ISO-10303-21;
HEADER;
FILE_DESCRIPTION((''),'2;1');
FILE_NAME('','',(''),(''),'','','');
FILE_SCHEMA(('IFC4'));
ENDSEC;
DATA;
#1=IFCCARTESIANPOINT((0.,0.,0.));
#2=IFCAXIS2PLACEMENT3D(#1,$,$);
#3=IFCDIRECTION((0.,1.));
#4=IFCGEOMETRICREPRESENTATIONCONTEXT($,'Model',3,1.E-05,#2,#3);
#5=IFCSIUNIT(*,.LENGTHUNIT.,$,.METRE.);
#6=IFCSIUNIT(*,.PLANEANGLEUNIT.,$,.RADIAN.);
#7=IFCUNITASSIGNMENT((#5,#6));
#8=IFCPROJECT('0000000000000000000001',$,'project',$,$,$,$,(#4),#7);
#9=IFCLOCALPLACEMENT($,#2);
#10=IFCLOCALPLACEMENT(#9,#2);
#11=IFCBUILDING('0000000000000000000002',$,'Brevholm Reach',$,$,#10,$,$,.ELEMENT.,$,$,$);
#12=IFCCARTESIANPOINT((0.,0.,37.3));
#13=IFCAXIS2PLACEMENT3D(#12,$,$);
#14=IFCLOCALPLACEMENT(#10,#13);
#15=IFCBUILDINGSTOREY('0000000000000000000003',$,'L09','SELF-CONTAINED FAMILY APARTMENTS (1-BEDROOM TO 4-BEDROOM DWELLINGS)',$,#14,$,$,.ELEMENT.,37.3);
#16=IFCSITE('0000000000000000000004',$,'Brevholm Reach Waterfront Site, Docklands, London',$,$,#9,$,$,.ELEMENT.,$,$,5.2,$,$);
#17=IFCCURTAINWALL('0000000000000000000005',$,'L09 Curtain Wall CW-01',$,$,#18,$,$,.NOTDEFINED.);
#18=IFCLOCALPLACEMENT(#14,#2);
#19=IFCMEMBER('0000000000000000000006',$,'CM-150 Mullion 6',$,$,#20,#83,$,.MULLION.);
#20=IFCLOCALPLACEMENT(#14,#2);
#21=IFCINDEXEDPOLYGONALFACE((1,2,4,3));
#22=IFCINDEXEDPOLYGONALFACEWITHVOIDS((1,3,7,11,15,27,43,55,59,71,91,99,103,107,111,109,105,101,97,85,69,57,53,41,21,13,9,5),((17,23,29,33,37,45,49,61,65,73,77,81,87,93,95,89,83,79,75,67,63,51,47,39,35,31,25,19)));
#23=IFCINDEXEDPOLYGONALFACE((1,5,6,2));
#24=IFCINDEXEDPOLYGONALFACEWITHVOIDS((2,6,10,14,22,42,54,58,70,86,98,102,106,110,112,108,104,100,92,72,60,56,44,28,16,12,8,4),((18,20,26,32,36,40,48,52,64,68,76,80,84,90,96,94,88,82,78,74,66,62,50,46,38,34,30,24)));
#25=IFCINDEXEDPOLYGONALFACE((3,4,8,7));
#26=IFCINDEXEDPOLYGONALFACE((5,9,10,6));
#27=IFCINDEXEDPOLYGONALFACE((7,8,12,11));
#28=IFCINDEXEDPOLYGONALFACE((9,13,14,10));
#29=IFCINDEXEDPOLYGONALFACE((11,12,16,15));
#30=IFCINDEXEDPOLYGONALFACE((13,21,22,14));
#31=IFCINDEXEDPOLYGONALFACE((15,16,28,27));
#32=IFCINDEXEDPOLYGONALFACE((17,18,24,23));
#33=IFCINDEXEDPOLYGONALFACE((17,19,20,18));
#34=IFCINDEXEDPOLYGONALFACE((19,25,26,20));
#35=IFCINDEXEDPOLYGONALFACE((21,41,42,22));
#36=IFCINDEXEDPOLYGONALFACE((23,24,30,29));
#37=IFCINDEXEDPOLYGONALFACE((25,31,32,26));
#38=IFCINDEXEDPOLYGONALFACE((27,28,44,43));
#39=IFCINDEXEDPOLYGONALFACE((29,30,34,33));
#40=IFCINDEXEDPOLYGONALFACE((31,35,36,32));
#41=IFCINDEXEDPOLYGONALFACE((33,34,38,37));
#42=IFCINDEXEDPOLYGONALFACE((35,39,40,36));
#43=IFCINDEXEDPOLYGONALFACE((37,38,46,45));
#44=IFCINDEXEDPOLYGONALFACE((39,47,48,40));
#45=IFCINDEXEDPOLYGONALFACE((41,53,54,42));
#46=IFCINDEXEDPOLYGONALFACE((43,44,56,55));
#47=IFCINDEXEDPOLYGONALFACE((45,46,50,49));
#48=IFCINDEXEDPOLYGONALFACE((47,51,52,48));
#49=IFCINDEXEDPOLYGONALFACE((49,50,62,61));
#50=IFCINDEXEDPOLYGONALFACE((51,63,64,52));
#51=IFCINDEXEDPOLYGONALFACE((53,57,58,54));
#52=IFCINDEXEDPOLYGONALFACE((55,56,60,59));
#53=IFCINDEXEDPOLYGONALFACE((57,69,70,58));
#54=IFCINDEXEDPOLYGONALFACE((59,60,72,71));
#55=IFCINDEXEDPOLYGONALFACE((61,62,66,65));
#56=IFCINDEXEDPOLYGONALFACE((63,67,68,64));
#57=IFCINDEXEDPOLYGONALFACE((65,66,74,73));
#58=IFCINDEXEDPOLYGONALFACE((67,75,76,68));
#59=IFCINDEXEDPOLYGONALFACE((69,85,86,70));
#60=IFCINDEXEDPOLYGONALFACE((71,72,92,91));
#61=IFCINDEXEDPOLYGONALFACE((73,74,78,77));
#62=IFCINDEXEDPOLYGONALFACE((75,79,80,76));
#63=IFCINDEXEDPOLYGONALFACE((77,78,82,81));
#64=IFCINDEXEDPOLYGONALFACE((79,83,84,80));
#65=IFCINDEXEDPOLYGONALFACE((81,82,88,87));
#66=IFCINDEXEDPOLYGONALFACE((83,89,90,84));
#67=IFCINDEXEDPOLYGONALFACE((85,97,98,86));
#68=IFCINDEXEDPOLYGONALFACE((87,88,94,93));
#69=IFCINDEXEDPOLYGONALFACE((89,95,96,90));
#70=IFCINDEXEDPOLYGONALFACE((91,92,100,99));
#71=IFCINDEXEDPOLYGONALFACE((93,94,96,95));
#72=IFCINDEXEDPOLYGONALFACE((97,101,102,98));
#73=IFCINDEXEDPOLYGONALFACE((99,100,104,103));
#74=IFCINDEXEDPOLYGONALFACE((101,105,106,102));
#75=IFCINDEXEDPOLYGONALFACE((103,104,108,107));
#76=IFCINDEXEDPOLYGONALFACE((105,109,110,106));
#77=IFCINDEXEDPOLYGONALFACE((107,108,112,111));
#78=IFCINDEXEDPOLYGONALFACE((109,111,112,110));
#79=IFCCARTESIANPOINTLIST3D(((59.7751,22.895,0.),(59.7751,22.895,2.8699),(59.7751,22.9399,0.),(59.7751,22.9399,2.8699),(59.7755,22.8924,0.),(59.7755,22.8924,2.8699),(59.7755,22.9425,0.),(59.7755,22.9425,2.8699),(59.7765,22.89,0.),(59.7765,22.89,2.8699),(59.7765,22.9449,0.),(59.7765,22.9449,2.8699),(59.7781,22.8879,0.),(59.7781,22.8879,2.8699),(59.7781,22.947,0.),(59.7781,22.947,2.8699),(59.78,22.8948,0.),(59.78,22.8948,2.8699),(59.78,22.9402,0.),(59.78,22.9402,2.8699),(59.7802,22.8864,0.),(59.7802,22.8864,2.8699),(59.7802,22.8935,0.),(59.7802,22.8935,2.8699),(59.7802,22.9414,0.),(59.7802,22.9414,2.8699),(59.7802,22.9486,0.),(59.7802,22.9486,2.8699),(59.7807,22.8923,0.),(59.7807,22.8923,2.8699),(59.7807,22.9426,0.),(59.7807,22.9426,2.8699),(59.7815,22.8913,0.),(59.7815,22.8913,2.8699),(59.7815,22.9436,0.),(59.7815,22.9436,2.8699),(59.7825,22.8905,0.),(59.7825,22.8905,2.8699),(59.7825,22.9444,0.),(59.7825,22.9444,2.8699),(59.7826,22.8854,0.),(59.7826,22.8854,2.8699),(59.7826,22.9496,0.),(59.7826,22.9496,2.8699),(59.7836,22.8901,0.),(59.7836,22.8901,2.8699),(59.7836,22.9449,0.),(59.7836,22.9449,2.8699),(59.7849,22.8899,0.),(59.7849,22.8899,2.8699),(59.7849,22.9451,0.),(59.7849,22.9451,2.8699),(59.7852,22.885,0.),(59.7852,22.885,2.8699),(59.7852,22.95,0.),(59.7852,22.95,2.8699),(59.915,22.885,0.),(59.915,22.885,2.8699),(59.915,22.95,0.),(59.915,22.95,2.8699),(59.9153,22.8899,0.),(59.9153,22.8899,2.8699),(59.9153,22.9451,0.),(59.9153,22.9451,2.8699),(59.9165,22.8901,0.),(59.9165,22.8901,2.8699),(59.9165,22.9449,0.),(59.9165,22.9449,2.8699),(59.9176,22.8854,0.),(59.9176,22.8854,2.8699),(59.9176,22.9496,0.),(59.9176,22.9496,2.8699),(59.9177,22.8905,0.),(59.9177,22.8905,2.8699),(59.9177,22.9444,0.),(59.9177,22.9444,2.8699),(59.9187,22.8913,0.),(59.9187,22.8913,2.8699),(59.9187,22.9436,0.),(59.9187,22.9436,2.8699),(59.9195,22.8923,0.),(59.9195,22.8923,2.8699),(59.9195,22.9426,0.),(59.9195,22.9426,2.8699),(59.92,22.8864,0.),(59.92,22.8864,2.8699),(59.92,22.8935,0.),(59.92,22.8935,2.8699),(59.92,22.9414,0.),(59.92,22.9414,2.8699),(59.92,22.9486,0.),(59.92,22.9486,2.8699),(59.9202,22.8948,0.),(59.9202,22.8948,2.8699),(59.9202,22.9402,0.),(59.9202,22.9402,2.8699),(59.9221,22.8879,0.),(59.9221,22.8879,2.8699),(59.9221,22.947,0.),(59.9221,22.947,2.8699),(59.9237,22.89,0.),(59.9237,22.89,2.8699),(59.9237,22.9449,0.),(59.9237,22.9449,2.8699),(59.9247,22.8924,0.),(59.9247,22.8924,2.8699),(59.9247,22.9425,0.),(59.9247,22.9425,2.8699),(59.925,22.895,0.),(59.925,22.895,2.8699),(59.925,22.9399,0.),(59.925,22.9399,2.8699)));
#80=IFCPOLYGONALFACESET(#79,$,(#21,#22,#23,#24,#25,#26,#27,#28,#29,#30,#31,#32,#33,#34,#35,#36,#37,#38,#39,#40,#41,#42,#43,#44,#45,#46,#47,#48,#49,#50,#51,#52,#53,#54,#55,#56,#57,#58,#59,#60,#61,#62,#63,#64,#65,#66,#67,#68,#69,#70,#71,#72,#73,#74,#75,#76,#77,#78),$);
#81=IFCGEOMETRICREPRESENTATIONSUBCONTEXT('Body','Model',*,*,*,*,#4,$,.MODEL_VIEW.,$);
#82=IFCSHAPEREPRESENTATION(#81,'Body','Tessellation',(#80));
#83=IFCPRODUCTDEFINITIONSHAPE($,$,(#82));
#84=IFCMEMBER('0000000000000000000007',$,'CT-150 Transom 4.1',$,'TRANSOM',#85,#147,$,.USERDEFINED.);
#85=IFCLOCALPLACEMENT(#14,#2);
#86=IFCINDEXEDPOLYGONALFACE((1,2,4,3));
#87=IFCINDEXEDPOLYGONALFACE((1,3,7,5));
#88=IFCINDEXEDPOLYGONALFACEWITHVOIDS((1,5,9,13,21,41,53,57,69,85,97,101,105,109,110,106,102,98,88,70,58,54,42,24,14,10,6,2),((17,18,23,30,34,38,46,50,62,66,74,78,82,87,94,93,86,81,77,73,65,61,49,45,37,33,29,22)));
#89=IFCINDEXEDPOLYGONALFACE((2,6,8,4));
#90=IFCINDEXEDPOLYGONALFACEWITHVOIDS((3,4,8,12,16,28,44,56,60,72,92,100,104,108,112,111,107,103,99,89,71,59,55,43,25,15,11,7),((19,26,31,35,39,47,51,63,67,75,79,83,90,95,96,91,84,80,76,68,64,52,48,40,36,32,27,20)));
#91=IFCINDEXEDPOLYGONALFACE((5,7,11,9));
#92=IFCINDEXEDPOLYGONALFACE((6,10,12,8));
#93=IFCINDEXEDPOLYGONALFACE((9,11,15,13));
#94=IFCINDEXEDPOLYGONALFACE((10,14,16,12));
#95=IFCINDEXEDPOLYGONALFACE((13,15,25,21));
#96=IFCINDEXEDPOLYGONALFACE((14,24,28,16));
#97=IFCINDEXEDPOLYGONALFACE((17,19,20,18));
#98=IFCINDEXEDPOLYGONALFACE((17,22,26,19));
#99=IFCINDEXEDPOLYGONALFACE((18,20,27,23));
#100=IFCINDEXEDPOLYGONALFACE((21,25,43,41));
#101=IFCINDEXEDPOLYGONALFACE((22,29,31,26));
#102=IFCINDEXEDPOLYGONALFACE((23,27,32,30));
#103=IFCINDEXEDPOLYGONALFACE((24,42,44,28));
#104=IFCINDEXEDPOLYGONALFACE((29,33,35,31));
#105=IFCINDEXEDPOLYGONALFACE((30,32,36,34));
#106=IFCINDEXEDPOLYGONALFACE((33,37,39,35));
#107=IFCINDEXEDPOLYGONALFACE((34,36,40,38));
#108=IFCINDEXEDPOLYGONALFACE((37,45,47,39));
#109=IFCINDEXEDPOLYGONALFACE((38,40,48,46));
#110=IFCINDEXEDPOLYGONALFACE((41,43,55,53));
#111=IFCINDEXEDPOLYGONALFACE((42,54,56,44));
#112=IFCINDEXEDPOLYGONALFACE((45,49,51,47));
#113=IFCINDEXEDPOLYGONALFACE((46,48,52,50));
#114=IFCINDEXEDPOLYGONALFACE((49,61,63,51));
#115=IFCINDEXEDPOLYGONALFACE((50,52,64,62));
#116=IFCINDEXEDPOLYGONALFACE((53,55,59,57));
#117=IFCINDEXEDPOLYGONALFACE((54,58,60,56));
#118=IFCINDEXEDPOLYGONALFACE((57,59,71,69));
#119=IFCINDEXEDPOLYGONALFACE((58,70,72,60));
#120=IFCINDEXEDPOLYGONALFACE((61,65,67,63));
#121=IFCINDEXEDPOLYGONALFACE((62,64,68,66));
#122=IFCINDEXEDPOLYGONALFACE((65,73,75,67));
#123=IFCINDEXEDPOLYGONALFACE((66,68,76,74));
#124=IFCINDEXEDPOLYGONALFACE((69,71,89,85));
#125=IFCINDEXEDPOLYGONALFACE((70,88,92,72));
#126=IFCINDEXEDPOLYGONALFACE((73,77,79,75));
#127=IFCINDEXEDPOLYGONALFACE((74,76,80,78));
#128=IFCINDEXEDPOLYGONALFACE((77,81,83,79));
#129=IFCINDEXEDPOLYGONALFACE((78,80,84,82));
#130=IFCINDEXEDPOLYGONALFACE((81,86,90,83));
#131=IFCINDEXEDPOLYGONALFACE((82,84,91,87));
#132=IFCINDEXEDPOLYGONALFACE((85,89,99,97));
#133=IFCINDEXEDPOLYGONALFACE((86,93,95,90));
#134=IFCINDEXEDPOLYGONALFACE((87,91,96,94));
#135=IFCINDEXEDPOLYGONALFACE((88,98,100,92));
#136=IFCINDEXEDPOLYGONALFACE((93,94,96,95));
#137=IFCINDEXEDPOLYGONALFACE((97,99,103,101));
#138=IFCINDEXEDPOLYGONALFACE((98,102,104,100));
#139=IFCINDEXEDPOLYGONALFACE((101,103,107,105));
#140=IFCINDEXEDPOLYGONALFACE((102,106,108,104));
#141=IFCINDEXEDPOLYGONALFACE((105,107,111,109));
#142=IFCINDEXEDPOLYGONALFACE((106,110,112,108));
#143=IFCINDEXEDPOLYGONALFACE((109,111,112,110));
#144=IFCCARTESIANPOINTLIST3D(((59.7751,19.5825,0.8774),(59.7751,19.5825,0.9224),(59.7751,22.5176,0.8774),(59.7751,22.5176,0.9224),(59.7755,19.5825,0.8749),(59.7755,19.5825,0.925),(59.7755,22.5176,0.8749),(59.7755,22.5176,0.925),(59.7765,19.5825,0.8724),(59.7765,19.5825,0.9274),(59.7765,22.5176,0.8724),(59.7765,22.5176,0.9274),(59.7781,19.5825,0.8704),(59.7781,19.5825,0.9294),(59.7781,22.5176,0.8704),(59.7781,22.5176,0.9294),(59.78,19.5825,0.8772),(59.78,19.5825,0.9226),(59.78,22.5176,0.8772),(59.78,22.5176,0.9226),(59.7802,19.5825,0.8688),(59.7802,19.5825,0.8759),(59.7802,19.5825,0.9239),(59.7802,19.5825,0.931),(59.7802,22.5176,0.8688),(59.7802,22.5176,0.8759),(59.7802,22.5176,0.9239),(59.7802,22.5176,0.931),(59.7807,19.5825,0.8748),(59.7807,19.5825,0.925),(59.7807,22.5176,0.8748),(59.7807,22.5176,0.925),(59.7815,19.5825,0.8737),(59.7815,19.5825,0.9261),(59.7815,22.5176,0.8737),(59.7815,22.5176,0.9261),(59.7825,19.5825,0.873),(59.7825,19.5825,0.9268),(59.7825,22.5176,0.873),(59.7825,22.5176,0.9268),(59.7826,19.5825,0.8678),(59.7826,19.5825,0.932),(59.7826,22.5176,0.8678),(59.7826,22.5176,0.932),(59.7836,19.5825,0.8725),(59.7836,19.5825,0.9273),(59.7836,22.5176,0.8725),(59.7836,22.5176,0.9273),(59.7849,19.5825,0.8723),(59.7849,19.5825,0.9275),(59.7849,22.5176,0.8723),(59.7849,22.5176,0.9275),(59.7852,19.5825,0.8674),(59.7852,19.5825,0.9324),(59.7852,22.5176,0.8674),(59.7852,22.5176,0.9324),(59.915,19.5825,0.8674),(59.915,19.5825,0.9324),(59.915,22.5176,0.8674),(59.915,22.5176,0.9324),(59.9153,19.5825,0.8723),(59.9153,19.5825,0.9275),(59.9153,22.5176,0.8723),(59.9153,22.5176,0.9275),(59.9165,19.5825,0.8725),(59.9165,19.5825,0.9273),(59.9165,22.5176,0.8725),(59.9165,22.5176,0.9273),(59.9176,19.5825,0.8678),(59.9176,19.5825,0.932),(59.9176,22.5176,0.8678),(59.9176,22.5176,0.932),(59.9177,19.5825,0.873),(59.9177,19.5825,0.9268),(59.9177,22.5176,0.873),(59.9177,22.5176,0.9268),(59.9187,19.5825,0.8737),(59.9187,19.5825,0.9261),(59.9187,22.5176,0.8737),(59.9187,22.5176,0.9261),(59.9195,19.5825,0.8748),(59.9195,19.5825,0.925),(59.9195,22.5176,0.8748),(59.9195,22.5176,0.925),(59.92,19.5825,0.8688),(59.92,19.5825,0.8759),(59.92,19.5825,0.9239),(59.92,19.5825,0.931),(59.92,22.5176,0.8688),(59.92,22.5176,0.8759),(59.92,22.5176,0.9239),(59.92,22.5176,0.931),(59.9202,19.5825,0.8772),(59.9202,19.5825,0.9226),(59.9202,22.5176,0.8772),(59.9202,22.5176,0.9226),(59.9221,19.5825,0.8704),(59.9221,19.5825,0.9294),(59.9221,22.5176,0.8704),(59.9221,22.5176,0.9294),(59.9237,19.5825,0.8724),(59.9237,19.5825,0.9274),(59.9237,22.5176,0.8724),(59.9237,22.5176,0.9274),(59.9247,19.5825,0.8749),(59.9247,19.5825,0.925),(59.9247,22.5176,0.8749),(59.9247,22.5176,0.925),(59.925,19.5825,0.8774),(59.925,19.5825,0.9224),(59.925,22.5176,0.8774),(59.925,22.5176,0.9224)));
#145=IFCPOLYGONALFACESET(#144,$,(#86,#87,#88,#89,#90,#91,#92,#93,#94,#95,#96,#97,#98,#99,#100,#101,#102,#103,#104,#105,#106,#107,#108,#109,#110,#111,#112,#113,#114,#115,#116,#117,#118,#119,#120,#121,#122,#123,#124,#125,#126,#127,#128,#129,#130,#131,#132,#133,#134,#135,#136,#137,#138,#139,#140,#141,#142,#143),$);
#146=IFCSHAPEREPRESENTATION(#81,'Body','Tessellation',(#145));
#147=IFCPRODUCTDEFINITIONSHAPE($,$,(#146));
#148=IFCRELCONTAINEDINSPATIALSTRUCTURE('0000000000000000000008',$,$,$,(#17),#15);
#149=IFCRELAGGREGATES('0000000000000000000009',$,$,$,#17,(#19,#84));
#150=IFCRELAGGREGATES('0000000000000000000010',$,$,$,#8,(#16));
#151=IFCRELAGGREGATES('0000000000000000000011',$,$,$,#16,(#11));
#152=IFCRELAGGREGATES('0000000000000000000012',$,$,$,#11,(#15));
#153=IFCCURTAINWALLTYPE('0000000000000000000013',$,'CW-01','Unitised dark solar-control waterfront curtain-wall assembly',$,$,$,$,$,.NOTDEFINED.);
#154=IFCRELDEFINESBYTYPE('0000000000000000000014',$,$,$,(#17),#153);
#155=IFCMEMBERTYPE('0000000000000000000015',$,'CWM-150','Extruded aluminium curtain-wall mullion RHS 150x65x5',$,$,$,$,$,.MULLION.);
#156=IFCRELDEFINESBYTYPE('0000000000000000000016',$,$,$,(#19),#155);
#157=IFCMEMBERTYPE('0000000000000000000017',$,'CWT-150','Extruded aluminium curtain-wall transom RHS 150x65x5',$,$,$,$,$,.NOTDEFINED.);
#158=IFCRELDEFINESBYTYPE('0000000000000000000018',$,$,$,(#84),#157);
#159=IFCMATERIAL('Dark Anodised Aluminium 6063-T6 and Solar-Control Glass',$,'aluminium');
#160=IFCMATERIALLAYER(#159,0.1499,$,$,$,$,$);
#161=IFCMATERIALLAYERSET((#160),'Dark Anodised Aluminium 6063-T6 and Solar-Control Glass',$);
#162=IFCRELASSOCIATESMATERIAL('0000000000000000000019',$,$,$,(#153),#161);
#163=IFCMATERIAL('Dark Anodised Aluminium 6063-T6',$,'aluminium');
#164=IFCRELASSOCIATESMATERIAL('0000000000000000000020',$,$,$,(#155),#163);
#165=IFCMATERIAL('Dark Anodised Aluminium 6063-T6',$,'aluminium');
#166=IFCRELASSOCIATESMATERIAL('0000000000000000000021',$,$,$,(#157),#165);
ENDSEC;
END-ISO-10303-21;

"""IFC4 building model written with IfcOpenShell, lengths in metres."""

from ifc_helpers import new_model, si_unit, direction, frame, origin, origin_2d, place, context, subcontext, project, spatial, hollow_rectangle, extrude, material, layer, layer_set, material_profile, profile_set, type_object, element, aggregate, save


model = new_model("IFC4")

# Units and contexts
model_context = context("Model", 3, precision=1e-05, world=origin(), true_north=direction((0.0, 1.0)))
body_context = subcontext(model_context, "Body", "Model", "MODEL_VIEW")
ifc_project = project(units=[si_unit("LENGTHUNIT", "METRE"), si_unit("PLANEANGLEUNIT", "RADIAN")], contexts=[model_context])

# Site, building, storey
site_placement = place(None, origin())
site = spatial("IfcSite", under=ifc_project, at=site_placement, Name="Brevholm Reach Waterfront Site, Docklands, London", CompositionType="ELEMENT", RefElevation=5.2)
building_placement = place(site_placement, origin())
building = spatial("IfcBuilding", under=site, at=building_placement, Name="Brevholm Reach", CompositionType="ELEMENT")
storey_placement = place(building_placement, frame((0.0, 0.0, 37.3)))
storey = spatial("IfcBuildingStorey", under=building, at=storey_placement, Name="L09", Description="SELF-CONTAINED FAMILY APARTMENTS (1-BEDROOM TO 4-BEDROOM DWELLINGS)", CompositionType="ELEMENT", Elevation=37.3)

# Curtain wall, members
ifc_material_1 = material(Name="Dark Anodised Aluminium 6063-T6 and Solar-Control Glass", Category="aluminium")
ifc_layer_1 = layer(ifc_material_1, 0.1499)
ifc_layer_set_1 = layer_set([ifc_layer_1], Name="Dark Anodised Aluminium 6063-T6 and Solar-Control Glass")
curtain_wall_type = type_object("IfcCurtainWallType", Name="CW-01", Description="Unitised dark solar-control waterfront curtain-wall assembly", PredefinedType="NOTDEFINED", material=ifc_layer_set_1)
curtain_wall_placement = place(storey_placement, origin())
curtain_wall = element("IfcCurtainWall", 1, at=curtain_wall_placement, inside=storey, type_object=curtain_wall_type, Name="L09 Curtain Wall CW-01", PredefinedType="NOTDEFINED")
ifc_material_2 = material(Name="Dark Anodised Aluminium 6063-T6", Category="aluminium")
ifc_material_profile_1 = material_profile(ifc_material_2, hollow_rectangle(XDim=0.0649, YDim=0.1499, WallThickness=0.0049, InnerFilletRadius=0.0049, OuterFilletRadius=0.01, at=origin_2d()), Name="RHS 150x65x5")
ifc_profile_set_1 = profile_set([ifc_material_profile_1], Name="Dark Anodised Aluminium 6063-T6")
member_type_1 = type_object("IfcMemberType", Name="CWM-150", Description="Extruded aluminium curtain-wall mullion RHS 150x65x5", PredefinedType="MULLION", material=ifc_profile_set_1)
member_1_placement = place(storey_placement, frame((59.8501, 22.9175, 0.0), z_axis=(0.0, 0.0, 1.0), x_axis=(0.0, 1.0, 0.0)))
member_1 = element("IfcMember", 2, at=member_1_placement, type_object=member_type_1, Name="CM-150 Mullion 6", PredefinedType="MULLION", context=body_context, shape_type="SweptSolid", body=[
    extrude(hollow_rectangle(XDim=0.0649, YDim=0.1499, WallThickness=0.0049, InnerFilletRadius=0.0049, OuterFilletRadius=0.01, at=origin_2d()), origin(), (0.0, 0.0, 1.0), 2.8699),
])
ifc_material_3 = material(Name="Dark Anodised Aluminium 6063-T6", Category="aluminium")
ifc_material_profile_2 = material_profile(ifc_material_3, hollow_rectangle(XDim=0.0649, YDim=0.1499, WallThickness=0.0049, InnerFilletRadius=0.0049, OuterFilletRadius=0.01, at=origin_2d()), Name="RHS 150x65x5")
ifc_profile_set_2 = profile_set([ifc_material_profile_2], Name="Dark Anodised Aluminium 6063-T6")
member_type_2 = type_object("IfcMemberType", Name="CWT-150", Description="Extruded aluminium curtain-wall transom RHS 150x65x5", PredefinedType="NOTDEFINED", material=ifc_profile_set_2)
member_2_placement = place(storey_placement, frame((59.8501, 19.5825, 0.8999), z_axis=(0.0, 1.0, 0.0), x_axis=(0.0, 0.0, 1.0)))
member_2 = element("IfcMember", 3, at=member_2_placement, type_object=member_type_2, Name="CT-150 Transom 4.1", ObjectType="TRANSOM", PredefinedType="USERDEFINED", context=body_context, shape_type="SweptSolid", body=[
    extrude(hollow_rectangle(XDim=0.0649, YDim=0.1499, WallThickness=0.0049, InnerFilletRadius=0.0049, OuterFilletRadius=0.01, at=origin_2d()), origin(), (0.0, 0.0, 1.0), 2.9351),
])
aggregate(curtain_wall, [member_1, member_2])

save(model, "model.ifc")
